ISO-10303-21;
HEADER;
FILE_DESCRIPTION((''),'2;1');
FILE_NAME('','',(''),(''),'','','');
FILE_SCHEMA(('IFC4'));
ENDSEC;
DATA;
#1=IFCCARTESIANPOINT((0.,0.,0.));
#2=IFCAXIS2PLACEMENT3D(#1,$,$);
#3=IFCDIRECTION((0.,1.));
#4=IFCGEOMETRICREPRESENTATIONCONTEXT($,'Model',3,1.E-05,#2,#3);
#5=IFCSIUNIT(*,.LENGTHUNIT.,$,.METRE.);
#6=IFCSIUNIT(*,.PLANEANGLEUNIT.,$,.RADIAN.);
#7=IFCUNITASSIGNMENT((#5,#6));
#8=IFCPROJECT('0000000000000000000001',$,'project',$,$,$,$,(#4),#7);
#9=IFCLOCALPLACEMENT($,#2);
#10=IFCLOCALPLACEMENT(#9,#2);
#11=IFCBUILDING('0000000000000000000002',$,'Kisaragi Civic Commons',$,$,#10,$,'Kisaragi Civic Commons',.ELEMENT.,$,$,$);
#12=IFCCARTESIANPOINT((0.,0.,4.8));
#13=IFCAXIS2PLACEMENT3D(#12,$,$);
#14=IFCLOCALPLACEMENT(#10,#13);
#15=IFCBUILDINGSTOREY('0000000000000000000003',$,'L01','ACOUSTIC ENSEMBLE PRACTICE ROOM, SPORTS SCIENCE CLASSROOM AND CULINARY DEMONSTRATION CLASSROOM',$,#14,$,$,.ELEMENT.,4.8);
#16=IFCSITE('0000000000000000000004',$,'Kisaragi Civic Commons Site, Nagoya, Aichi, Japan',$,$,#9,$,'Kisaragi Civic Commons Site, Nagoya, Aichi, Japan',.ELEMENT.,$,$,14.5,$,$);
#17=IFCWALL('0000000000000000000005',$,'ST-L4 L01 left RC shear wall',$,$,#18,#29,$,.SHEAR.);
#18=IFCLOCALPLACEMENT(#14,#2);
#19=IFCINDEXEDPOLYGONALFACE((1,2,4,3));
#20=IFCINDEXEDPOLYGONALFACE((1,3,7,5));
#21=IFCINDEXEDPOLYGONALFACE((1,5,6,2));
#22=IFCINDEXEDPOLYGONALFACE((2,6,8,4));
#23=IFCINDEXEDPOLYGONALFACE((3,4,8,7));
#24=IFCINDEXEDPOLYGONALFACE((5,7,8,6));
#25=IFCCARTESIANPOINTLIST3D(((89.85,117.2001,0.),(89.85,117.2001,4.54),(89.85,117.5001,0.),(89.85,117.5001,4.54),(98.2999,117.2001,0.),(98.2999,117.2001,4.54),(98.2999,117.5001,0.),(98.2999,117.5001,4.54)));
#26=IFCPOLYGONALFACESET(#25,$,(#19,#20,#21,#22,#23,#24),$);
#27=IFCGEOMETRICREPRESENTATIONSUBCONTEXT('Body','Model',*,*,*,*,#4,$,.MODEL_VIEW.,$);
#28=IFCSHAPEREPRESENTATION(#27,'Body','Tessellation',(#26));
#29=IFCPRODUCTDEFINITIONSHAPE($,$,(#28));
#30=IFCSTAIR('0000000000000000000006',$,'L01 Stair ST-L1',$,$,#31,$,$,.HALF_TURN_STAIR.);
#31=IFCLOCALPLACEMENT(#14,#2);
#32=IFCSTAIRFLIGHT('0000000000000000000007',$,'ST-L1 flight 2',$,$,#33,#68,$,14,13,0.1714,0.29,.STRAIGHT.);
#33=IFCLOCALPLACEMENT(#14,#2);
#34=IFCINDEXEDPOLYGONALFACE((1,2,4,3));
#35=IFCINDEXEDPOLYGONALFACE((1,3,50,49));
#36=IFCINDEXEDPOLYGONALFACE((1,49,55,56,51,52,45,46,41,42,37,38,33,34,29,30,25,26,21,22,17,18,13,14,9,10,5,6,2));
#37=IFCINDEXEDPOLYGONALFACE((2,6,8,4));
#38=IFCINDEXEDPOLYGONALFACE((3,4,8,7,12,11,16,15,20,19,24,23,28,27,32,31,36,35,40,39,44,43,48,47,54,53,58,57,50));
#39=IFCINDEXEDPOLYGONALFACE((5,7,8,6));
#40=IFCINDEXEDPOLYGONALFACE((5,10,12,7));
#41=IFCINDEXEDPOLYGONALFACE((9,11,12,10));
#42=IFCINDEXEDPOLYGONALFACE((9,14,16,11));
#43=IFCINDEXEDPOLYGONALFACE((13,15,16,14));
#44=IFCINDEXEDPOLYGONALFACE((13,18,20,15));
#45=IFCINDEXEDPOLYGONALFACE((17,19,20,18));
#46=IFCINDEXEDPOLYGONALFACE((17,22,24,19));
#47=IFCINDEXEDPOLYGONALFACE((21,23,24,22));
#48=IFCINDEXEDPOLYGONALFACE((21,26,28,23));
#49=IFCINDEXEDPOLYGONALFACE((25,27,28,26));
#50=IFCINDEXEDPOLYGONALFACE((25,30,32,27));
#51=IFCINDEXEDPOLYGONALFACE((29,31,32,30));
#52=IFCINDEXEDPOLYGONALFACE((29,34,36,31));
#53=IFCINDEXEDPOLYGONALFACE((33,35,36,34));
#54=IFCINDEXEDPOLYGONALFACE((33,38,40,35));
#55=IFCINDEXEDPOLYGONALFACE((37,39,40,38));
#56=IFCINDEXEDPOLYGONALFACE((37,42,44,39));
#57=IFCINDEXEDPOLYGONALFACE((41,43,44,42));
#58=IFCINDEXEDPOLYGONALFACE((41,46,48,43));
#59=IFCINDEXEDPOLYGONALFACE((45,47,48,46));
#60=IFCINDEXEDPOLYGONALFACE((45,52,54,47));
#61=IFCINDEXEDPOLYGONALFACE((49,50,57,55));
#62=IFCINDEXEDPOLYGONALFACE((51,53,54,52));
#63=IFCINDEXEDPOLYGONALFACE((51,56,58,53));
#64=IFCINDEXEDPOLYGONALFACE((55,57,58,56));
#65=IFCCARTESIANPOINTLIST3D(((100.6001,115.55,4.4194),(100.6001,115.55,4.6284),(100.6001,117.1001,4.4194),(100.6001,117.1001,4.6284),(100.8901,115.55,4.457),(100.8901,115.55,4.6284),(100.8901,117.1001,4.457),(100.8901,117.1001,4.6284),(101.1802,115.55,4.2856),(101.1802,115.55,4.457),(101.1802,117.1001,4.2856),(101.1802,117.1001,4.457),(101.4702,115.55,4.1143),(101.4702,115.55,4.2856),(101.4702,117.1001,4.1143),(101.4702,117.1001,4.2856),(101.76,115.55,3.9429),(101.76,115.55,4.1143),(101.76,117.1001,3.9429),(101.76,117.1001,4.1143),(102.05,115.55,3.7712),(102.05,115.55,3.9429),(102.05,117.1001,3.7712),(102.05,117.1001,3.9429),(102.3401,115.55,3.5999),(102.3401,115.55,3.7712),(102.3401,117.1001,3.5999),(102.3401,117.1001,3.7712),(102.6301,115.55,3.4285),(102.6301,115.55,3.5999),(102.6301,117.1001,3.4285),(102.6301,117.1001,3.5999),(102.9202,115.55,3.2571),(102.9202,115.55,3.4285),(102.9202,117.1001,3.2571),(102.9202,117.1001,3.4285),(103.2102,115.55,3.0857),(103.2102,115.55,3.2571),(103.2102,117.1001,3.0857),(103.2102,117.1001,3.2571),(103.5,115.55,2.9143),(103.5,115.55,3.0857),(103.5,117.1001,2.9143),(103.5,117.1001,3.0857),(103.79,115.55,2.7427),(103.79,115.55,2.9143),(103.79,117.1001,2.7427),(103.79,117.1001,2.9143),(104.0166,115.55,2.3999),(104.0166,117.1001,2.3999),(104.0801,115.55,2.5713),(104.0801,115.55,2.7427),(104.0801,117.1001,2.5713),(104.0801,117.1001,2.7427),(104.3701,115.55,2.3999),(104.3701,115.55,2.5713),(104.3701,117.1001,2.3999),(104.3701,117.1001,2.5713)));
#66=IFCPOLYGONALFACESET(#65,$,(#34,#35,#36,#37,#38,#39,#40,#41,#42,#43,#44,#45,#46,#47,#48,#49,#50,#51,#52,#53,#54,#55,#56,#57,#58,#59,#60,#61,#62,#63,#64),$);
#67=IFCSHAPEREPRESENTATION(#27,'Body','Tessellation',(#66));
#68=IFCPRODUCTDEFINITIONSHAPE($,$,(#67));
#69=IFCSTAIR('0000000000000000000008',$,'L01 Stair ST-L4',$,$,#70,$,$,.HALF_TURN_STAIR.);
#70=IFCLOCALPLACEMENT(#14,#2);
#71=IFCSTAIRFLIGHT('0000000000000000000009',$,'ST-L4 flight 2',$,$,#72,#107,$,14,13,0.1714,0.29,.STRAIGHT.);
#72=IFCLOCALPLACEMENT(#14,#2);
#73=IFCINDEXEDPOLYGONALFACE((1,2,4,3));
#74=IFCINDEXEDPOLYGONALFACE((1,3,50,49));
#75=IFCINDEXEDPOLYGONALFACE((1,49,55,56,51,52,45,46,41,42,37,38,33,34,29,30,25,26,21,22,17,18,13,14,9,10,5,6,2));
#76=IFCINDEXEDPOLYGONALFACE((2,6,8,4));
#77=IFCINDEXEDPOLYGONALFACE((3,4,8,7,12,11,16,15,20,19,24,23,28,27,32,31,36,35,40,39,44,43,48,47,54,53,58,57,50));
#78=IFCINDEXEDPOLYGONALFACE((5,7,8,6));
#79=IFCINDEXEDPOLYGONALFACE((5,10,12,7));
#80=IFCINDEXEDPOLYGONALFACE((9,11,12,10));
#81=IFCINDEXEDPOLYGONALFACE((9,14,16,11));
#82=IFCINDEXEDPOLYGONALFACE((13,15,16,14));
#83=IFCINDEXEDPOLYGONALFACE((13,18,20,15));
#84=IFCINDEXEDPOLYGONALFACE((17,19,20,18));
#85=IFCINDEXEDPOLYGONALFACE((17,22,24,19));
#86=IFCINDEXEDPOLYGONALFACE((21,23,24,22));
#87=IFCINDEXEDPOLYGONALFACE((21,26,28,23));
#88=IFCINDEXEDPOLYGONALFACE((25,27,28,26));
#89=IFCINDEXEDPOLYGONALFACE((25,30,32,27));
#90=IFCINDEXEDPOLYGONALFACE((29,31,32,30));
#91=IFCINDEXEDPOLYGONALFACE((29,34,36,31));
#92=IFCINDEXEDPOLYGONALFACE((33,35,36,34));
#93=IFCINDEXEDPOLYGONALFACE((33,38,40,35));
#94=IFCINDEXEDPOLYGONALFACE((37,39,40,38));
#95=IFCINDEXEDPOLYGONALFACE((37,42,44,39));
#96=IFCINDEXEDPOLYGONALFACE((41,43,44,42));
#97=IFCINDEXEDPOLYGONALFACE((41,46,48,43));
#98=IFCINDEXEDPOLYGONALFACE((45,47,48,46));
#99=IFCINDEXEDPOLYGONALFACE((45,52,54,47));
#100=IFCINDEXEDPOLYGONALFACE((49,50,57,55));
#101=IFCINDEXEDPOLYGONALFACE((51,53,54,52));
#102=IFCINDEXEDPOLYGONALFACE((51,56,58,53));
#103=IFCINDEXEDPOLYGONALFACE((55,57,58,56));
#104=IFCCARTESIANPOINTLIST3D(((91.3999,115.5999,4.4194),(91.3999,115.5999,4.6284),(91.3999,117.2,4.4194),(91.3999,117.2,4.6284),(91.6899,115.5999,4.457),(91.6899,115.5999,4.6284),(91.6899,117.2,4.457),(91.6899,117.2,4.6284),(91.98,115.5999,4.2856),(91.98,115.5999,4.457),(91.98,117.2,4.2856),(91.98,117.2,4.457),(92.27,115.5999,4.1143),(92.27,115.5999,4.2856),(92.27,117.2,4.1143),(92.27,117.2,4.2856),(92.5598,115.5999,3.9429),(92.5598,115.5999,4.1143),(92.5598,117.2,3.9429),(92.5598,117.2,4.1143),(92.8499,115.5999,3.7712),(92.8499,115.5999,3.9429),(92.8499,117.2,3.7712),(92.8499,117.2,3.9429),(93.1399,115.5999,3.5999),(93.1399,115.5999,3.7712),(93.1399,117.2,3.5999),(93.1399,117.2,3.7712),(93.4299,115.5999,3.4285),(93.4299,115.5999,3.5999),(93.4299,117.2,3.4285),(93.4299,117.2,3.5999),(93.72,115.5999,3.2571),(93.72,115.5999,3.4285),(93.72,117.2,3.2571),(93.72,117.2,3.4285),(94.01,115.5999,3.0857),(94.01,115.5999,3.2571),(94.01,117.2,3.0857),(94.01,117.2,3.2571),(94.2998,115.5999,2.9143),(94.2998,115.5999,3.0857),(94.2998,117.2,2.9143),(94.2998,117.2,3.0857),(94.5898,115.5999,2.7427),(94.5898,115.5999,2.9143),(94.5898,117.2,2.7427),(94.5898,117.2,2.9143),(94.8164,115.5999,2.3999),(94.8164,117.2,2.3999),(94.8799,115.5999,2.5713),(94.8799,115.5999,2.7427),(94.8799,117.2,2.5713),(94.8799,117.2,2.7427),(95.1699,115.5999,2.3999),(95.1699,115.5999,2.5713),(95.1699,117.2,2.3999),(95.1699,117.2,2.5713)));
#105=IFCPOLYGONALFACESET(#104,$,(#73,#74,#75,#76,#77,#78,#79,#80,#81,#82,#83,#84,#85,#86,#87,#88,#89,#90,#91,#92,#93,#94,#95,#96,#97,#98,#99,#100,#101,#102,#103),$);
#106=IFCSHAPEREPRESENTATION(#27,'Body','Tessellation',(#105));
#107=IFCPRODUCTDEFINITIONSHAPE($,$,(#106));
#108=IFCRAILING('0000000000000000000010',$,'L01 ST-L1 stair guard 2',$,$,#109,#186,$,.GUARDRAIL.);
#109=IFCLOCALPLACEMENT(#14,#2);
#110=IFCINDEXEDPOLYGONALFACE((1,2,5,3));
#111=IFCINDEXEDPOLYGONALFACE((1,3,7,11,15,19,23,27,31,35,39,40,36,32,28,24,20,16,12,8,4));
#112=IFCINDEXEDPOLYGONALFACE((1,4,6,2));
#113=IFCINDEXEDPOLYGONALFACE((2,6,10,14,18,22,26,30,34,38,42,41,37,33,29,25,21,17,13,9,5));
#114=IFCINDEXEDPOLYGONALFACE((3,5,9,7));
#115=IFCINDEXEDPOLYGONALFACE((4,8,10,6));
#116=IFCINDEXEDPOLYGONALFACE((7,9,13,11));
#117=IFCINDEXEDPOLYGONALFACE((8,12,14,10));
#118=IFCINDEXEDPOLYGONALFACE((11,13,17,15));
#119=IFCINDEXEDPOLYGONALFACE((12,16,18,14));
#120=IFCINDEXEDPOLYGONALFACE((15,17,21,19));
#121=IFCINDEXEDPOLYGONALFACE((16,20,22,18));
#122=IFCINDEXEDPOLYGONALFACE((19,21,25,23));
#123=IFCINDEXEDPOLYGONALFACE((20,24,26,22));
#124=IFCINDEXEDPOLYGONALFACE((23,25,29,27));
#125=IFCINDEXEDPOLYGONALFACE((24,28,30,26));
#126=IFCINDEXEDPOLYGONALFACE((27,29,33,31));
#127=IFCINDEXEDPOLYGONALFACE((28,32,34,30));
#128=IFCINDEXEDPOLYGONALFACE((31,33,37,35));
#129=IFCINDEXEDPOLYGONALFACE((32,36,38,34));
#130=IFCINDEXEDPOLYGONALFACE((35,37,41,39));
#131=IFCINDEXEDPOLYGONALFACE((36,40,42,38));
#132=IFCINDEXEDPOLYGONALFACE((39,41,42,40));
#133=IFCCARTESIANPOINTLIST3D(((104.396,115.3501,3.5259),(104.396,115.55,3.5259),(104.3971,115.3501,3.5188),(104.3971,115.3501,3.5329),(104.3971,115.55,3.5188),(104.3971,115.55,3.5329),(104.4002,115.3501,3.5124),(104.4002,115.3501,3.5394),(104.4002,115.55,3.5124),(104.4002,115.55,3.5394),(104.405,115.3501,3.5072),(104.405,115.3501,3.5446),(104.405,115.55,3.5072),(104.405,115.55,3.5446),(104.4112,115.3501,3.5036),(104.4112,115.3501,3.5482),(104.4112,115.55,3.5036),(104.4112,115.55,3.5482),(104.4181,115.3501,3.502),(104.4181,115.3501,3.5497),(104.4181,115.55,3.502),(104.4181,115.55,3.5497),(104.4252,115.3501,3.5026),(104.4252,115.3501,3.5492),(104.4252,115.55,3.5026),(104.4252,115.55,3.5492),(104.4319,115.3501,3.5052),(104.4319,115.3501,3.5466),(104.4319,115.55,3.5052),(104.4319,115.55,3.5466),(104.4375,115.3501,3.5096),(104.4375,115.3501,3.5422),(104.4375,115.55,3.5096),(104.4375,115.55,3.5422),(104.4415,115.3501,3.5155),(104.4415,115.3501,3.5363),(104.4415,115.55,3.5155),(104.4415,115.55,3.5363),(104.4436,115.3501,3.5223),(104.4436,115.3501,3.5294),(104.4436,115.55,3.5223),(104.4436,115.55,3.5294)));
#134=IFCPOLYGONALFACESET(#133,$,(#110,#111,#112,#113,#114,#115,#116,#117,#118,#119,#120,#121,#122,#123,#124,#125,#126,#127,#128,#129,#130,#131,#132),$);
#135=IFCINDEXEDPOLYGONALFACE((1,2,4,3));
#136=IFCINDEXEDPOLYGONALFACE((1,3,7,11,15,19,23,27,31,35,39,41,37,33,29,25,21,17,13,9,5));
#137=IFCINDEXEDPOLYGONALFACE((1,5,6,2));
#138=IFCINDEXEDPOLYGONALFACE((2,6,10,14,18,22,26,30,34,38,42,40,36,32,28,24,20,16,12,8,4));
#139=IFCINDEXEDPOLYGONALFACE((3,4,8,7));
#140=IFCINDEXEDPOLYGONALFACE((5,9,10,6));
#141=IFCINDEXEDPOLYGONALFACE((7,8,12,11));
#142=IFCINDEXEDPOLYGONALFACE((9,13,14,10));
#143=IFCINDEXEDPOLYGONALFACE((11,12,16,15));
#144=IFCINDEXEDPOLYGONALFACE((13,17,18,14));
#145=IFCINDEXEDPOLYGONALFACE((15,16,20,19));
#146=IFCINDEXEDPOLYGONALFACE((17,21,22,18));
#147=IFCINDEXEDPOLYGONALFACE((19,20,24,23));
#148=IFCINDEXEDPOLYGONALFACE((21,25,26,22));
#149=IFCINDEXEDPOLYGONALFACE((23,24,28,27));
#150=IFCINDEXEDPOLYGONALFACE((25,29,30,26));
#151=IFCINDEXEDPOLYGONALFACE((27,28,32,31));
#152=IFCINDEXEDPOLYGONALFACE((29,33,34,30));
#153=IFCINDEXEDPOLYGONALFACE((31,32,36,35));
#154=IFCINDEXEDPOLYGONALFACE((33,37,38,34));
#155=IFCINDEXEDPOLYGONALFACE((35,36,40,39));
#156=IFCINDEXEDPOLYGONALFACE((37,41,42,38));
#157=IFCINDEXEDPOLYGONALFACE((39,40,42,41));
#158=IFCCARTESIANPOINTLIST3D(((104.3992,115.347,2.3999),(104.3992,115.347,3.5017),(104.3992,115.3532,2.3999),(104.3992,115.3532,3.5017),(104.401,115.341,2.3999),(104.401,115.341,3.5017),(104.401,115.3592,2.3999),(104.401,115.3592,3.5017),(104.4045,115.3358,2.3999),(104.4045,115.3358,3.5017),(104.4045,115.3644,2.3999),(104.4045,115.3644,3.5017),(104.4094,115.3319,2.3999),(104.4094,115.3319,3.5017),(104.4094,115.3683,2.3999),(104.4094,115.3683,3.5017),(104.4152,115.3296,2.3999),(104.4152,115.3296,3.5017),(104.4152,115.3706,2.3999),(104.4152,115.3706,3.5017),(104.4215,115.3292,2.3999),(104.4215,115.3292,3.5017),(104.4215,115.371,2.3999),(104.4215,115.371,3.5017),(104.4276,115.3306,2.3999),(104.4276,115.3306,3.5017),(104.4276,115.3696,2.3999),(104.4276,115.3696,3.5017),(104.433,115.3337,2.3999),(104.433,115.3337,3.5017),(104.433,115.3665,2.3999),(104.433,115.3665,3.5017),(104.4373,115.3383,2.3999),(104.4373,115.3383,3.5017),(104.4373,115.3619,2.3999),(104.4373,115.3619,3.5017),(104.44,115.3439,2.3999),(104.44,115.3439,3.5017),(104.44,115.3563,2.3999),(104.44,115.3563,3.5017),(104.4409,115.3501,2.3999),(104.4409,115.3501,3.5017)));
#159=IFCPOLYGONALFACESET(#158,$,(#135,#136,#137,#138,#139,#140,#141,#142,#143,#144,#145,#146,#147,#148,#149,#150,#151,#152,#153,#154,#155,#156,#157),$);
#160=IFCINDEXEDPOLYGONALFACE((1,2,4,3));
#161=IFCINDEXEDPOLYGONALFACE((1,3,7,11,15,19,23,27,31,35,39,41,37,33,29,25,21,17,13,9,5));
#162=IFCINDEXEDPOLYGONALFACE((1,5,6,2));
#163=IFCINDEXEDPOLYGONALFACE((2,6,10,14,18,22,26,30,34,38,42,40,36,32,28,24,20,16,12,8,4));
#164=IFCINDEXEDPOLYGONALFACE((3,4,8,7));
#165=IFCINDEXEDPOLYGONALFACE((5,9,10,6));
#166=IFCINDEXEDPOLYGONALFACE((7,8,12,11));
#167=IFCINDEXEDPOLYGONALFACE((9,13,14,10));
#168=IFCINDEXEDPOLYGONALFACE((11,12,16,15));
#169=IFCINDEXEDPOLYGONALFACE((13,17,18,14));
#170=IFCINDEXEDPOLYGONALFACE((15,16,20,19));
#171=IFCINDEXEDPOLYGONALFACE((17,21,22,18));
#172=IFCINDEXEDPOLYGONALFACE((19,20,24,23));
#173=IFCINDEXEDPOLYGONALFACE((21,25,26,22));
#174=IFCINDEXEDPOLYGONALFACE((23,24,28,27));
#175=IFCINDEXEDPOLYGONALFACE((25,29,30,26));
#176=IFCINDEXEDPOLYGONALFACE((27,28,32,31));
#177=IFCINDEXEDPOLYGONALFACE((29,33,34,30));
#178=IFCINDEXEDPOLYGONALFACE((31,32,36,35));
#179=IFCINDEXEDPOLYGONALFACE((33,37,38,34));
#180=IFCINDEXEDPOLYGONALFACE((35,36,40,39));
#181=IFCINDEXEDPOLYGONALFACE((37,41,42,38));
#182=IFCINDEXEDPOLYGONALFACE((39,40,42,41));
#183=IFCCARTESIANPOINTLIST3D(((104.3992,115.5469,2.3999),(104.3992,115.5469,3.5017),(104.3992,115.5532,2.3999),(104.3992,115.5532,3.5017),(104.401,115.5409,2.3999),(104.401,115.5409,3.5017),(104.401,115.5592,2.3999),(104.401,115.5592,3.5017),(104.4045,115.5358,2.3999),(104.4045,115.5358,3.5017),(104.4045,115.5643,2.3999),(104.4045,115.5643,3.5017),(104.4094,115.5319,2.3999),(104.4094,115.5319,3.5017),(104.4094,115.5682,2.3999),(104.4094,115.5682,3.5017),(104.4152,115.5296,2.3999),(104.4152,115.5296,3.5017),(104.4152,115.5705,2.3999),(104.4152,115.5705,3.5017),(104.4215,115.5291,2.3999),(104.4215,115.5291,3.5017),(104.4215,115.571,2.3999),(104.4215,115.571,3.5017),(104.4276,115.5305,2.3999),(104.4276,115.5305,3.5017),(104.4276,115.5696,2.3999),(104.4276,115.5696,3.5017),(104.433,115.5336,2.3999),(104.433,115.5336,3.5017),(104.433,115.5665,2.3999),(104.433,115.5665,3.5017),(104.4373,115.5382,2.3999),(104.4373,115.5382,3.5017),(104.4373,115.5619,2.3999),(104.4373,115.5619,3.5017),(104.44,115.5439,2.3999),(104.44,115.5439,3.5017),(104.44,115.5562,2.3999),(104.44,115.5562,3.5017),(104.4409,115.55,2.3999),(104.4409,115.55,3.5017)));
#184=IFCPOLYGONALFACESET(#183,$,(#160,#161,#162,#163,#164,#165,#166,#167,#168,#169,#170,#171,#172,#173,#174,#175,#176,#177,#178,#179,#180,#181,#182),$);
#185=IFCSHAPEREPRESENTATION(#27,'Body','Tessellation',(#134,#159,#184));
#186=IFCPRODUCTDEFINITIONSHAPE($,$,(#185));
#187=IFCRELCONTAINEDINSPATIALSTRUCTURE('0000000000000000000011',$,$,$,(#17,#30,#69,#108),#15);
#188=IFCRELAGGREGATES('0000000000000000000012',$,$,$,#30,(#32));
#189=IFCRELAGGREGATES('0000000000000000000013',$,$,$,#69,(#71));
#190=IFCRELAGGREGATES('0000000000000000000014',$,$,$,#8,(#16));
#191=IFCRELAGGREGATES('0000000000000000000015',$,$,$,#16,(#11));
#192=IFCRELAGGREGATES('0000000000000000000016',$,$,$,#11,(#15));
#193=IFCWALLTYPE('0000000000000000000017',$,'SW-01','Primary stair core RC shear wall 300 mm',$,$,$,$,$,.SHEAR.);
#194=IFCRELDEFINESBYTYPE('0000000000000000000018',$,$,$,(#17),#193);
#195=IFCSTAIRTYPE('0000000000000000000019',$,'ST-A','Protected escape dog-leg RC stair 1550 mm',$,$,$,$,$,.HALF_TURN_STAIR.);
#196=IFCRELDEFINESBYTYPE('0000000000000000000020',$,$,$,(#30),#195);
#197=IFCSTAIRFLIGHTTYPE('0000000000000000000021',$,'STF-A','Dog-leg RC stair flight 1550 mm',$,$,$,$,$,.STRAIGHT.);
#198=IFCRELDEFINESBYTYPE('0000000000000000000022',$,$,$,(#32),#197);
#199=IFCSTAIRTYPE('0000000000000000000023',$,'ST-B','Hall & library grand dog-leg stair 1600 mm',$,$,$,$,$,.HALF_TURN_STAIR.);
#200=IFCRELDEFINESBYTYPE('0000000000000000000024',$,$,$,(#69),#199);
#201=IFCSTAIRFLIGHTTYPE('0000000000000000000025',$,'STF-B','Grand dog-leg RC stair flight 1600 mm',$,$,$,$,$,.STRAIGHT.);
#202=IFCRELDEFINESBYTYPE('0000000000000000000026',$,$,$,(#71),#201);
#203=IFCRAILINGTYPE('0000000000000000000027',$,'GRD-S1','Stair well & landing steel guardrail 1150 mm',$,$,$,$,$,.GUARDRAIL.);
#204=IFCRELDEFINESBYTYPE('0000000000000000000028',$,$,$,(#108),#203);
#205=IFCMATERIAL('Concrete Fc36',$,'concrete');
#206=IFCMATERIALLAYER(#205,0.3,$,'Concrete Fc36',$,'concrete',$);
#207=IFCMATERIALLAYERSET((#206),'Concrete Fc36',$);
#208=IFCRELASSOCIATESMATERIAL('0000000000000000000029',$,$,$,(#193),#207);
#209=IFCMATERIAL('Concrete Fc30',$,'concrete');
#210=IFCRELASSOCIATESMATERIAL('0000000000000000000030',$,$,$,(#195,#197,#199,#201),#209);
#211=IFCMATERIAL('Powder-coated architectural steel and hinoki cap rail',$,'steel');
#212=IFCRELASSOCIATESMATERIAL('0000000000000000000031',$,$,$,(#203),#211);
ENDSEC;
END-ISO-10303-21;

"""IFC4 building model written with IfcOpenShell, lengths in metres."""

from ifc_helpers import new_model, si_unit, direction, frame, frame_2d, origin, origin_2d, place, context, subcontext, project, spatial, polyline, rectangle, circle, outline, extrude, material, layer, layer_set, type_object, element, aggregate, save


model = new_model("IFC4")

# Units and contexts
model_context = context("Model", 3, precision=1e-05, world=origin(), true_north=direction((0.0, 1.0)))
body_context = subcontext(model_context, "Body", "Model", "MODEL_VIEW")
ifc_project = project(units=[si_unit("LENGTHUNIT", "METRE"), si_unit("PLANEANGLEUNIT", "RADIAN")], contexts=[model_context])

# Site, building, storey
site_placement = place(None, origin())
site = spatial("IfcSite", under=ifc_project, at=site_placement, Name="Kisaragi Civic Commons Site, Nagoya, Aichi, Japan", LongName="Kisaragi Civic Commons Site, Nagoya, Aichi, Japan", CompositionType="ELEMENT", RefElevation=14.5)
building_placement = place(site_placement, origin())
building = spatial("IfcBuilding", under=site, at=building_placement, Name="Kisaragi Civic Commons", LongName="Kisaragi Civic Commons", CompositionType="ELEMENT")
storey_placement = place(building_placement, frame((0.0, 0.0, 4.8)))
storey = spatial("IfcBuildingStorey", under=building, at=storey_placement, Name="L01", Description="ACOUSTIC ENSEMBLE PRACTICE ROOM, SPORTS SCIENCE CLASSROOM AND CULINARY DEMONSTRATION CLASSROOM", CompositionType="ELEMENT", Elevation=4.8)

# Wall
ifc_material_1 = material(Name="Concrete Fc36", Category="concrete")
ifc_layer_1 = layer(ifc_material_1, 0.3, Name="Concrete Fc36", Category="concrete")
ifc_layer_set_1 = layer_set([ifc_layer_1], Name="Concrete Fc36")
wall_type = type_object("IfcWallType", Name="SW-01", Description="Primary stair core RC shear wall 300 mm", PredefinedType="SHEAR", material=ifc_layer_set_1)
wall_1_placement = place(storey_placement, frame((98.3, 117.3501, 0.0), z_axis=(0.0, 0.0, 1.0), x_axis=(-1.0, 0.0, 0.0)))
element("IfcWall", 1, at=wall_1_placement, inside=storey, type_object=wall_type, Name="ST-L4 L01 left RC shear wall", PredefinedType="SHEAR", context=body_context, shape_type="SweptSolid", body=[
    extrude(rectangle(XDim=8.45, YDim=0.3, at=frame_2d((4.2251, 0.0))), origin(), (0.0, 0.0, 1.0), 4.54),
])

# Stairs, stair flights
ifc_material_2 = material(Name="Concrete Fc30", Category="concrete")
stair_type_1 = type_object("IfcStairType", Name="ST-A", Description="Protected escape dog-leg RC stair 1550 mm", PredefinedType="HALF_TURN_STAIR", material=ifc_material_2)
stair_1_placement = place(storey_placement, origin())
stair_1 = element("IfcStair", 2, at=stair_1_placement, inside=storey, type_object=stair_type_1, Name="L01 Stair ST-L1", PredefinedType="HALF_TURN_STAIR")
stair_flight_type_1 = type_object("IfcStairFlightType", Name="STF-A", Description="Dog-leg RC stair flight 1550 mm", PredefinedType="STRAIGHT", material=ifc_material_2)
stair_flight_1_placement = place(storey_placement, frame((104.3701, 116.325, 2.3999), z_axis=(0.0, 0.0, 1.0), x_axis=(-1.0, 0.0, 0.0)))
stair_flight_1 = element("IfcStairFlight", 3, at=stair_flight_1_placement, type_object=stair_flight_type_1, Name="ST-L1 flight 2", NumberOfRisers=14, NumberOfTreads=13, PredefinedType="STRAIGHT", RiserHeight=0.1714, TreadLength=0.29, context=body_context, shape_type="SweptSolid", body=[
    extrude(outline(polyline([(0.0, 0.0), (0.0, 0.1714), (0.29, 0.1714), (0.29, 0.3428), (0.5801, 0.3428), (0.5801, 0.5144), (0.8701, 0.5144), (0.8701, 0.6858), (1.1599, 0.6858), (1.1599, 0.8572), (1.45, 0.8572), (1.45, 1.0286), (1.74, 1.0286), (1.74, 1.2), (2.03, 1.2), (2.03, 1.3713), (2.3201, 1.3713), (2.3201, 1.543), (2.6101, 1.543), (2.6101, 1.7144), (2.8999, 1.7144), (2.8999, 1.8857), (3.1899, 1.8857), (3.1899, 2.0571), (3.48, 2.0571), (3.48, 2.2285), (3.77, 2.2285), (3.77, 2.3999), (3.77, 2.0195), (0.3535, 0.0), (0.0, 0.0)])), frame((0.0, 0.7749, 0.0), z_axis=(0.0, -1.0, 0.0), x_axis=(1.0, 0.0, 0.0)), (0.0, 0.0, 1.0), 1.55),
])
aggregate(stair_1, [stair_flight_1])
stair_type_2 = type_object("IfcStairType", Name="ST-B", Description="Hall & library grand dog-leg stair 1600 mm", PredefinedType="HALF_TURN_STAIR", material=ifc_material_2)
stair_2_placement = place(storey_placement, origin())
stair_2 = element("IfcStair", 4, at=stair_2_placement, inside=storey, type_object=stair_type_2, Name="L01 Stair ST-L4", PredefinedType="HALF_TURN_STAIR")
stair_flight_type_2 = type_object("IfcStairFlightType", Name="STF-B", Description="Grand dog-leg RC stair flight 1600 mm", PredefinedType="STRAIGHT", material=ifc_material_2)
stair_flight_2_placement = place(storey_placement, frame((95.1699, 116.3999, 2.3999), z_axis=(0.0, 0.0, 1.0), x_axis=(-1.0, 0.0, 0.0)))
stair_flight_2 = element("IfcStairFlight", 5, at=stair_flight_2_placement, type_object=stair_flight_type_2, Name="ST-L4 flight 2", NumberOfRisers=14, NumberOfTreads=13, PredefinedType="STRAIGHT", RiserHeight=0.1714, TreadLength=0.29, context=body_context, shape_type="SweptSolid", body=[
    extrude(outline(polyline([(0.0, 0.0), (0.0, 0.1714), (0.29, 0.1714), (0.29, 0.3428), (0.5801, 0.3428), (0.5801, 0.5144), (0.8701, 0.5144), (0.8701, 0.6858), (1.1599, 0.6858), (1.1599, 0.8572), (1.45, 0.8572), (1.45, 1.0286), (1.74, 1.0286), (1.74, 1.2), (2.03, 1.2), (2.03, 1.3713), (2.3201, 1.3713), (2.3201, 1.543), (2.6101, 1.543), (2.6101, 1.7144), (2.8999, 1.7144), (2.8999, 1.8857), (3.1899, 1.8857), (3.1899, 2.0571), (3.48, 2.0571), (3.48, 2.2285), (3.77, 2.2285), (3.77, 2.3999), (3.77, 2.0195), (0.3535, 0.0), (0.0, 0.0)])), frame((0.0, 0.8, 0.0), z_axis=(0.0, -1.0, 0.0), x_axis=(1.0, 0.0, 0.0)), (0.0, 0.0, 1.0), 1.6001),
])
aggregate(stair_2, [stair_flight_2])

# Railing
ifc_material_3 = material(Name="Powder-coated architectural steel and hinoki cap rail", Category="steel")
railing_type_1 = type_object("IfcRailingType", Name="GRD-S1", Description="Stair well & landing steel guardrail 1150 mm", PredefinedType="GUARDRAIL", material=ifc_material_3)
railing_1_placement = place(storey_placement, frame((104.4199, 115.3501, 2.3999)))
element("IfcRailing", 6, at=railing_1_placement, inside=storey, type_object=railing_type_1, Name="L01 ST-L1 stair guard 2", PredefinedType="GUARDRAIL", context=body_context, shape_type="SweptSolid", body=[
    extrude(circle(Radius=0.0239, at=origin_2d()), frame((0.0, 0.0, 1.126), z_axis=(0.0, 1.0, 0.0), x_axis=(-1.0, 0.0, 0.0)), (0.0, 0.0, 1.0), 0.2),
    extrude(circle(Radius=0.021, at=origin_2d()), origin(), (0.0, 0.0, 1.0), 1.1018),
    extrude(circle(Radius=0.021, at=origin_2d()), frame((0.0, 0.2, 0.0)), (0.0, 0.0, 1.0), 1.1018),
])

save(model, "model.ifc")
